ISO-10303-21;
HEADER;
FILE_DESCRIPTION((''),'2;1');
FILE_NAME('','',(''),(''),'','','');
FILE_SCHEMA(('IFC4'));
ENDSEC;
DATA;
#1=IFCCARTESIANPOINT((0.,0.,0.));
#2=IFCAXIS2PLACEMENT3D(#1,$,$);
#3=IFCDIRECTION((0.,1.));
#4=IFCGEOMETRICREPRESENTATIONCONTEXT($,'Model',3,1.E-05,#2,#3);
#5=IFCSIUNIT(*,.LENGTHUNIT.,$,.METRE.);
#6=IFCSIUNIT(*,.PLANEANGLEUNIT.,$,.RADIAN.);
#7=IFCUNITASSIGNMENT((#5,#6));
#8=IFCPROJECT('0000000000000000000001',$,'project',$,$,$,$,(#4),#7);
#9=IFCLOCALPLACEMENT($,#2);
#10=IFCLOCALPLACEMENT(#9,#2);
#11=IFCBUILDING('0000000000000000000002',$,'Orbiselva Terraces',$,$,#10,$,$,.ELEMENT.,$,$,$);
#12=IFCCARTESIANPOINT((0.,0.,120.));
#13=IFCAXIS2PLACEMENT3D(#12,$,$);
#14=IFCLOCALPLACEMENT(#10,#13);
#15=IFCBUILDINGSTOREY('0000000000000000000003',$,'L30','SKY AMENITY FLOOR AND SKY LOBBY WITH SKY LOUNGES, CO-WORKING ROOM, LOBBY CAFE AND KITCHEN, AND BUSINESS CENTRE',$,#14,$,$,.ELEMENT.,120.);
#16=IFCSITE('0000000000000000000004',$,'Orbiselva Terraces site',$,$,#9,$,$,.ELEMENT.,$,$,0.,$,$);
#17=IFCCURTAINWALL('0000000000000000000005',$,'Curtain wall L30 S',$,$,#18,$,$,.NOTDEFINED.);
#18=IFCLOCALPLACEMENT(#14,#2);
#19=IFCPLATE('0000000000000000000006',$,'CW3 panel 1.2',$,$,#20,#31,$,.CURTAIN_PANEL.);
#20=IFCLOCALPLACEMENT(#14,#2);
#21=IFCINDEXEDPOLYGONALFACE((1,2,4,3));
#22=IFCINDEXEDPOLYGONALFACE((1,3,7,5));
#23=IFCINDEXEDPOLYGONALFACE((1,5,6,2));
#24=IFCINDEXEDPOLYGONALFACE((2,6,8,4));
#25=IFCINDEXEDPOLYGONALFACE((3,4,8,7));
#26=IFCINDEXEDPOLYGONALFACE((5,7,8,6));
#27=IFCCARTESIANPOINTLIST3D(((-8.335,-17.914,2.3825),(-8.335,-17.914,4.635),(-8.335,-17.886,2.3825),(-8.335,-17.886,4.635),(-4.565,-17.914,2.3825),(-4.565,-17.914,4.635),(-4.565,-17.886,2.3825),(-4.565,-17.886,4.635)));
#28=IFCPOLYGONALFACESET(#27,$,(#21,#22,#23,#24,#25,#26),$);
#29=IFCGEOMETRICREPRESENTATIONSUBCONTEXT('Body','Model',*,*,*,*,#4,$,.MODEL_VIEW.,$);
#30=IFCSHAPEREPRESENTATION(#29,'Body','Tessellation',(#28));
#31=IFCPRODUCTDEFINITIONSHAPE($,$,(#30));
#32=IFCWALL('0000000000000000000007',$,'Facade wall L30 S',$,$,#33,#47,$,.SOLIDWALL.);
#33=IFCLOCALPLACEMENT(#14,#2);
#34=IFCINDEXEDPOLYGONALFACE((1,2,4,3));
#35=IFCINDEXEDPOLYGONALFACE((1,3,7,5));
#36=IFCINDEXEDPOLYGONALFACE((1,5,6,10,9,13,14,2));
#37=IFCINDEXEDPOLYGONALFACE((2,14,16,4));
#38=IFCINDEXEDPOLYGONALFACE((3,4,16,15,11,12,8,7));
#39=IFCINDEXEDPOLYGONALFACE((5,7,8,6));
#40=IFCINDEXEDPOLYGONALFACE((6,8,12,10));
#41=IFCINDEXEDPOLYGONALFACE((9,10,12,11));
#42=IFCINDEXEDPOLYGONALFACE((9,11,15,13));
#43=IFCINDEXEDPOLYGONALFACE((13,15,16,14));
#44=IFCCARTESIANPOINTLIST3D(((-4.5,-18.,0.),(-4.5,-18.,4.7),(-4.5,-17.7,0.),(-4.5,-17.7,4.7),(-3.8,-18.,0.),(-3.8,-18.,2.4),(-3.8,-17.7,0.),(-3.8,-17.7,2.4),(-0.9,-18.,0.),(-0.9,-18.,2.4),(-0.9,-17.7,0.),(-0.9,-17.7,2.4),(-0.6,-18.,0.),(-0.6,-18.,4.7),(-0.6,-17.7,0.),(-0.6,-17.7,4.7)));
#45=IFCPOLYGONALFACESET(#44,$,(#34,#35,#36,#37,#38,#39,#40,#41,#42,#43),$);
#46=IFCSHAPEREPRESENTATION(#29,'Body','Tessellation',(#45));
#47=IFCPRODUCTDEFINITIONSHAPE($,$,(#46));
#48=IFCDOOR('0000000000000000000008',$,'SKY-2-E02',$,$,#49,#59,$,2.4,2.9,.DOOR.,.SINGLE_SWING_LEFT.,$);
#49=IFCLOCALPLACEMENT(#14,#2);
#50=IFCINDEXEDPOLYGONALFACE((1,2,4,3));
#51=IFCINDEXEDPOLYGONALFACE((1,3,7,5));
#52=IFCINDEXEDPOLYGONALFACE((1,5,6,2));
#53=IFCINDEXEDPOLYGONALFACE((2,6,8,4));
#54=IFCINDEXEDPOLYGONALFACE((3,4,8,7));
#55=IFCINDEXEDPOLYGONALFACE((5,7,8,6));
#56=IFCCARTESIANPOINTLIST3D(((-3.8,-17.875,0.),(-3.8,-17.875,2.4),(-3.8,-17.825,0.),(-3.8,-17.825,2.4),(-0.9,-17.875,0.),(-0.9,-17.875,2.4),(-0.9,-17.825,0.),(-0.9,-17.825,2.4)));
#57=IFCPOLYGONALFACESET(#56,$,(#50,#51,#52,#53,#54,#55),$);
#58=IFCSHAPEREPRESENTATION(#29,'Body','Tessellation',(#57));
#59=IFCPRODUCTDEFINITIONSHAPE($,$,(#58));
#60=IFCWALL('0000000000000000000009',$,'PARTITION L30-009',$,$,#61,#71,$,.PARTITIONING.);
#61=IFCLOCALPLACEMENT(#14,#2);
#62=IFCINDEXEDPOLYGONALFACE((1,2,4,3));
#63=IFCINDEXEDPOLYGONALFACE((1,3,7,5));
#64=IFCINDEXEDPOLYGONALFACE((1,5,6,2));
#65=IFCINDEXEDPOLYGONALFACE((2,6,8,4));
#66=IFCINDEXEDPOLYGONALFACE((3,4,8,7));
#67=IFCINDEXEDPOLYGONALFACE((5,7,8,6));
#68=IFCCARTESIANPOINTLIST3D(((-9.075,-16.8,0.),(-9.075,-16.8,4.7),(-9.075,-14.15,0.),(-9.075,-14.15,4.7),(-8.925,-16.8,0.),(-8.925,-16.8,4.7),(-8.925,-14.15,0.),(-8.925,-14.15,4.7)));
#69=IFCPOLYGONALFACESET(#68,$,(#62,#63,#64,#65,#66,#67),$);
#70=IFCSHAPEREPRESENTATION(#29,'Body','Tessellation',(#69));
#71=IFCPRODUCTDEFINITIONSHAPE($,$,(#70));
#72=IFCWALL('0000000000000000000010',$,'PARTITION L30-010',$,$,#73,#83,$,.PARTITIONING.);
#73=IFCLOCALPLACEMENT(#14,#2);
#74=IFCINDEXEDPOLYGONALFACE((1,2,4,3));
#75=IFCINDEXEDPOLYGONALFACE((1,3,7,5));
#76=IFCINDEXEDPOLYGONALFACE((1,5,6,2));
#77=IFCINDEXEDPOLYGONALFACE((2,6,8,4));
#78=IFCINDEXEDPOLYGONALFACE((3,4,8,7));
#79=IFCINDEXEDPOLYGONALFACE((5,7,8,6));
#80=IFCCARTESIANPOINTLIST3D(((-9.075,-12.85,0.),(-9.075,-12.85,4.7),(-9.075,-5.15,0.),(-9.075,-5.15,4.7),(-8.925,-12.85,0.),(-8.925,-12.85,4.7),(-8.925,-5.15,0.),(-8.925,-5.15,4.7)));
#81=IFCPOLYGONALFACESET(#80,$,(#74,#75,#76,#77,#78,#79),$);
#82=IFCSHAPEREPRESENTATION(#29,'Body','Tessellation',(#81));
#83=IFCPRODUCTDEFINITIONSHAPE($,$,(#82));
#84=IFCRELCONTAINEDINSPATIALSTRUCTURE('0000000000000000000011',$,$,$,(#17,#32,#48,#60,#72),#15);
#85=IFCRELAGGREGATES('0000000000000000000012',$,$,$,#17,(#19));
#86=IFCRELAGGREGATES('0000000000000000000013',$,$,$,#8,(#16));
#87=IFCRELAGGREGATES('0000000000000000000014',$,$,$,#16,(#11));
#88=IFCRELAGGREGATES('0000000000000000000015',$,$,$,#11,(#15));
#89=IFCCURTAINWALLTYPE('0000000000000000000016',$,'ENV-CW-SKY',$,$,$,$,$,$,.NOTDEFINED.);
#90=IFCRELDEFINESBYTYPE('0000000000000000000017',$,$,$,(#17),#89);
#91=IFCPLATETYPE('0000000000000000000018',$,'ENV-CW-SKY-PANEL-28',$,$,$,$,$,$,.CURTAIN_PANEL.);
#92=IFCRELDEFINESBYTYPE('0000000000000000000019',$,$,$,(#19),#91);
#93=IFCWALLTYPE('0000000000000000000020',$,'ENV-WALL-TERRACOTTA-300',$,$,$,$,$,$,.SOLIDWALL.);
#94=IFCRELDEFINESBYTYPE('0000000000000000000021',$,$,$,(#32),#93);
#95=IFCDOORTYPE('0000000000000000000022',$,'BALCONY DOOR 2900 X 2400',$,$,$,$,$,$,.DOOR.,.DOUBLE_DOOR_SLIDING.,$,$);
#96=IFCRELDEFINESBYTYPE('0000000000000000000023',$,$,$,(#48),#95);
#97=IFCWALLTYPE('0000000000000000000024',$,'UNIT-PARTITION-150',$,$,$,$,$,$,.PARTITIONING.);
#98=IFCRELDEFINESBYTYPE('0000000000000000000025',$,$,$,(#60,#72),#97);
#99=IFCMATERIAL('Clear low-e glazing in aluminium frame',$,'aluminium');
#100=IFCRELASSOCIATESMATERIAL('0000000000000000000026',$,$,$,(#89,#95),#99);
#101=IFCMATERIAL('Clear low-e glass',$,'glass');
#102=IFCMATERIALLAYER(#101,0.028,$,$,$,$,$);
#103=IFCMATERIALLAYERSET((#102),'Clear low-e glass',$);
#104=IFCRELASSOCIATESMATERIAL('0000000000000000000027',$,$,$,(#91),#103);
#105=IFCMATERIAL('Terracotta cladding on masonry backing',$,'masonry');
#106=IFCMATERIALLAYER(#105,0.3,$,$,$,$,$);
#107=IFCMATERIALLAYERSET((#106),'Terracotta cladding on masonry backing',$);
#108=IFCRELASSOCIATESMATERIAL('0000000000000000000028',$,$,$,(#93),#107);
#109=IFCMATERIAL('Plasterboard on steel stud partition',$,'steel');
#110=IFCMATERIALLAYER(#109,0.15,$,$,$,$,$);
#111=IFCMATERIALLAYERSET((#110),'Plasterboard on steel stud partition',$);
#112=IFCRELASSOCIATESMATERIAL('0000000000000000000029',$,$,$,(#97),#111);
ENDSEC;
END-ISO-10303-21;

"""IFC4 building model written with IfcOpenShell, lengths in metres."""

from ifc_helpers import new_model, si_unit, direction, frame, frame_2d, origin, origin_2d, place, context, subcontext, project, spatial, rectangle, extrude, material, layer, layer_set, type_object, element, fill, aggregate, save


model = new_model("IFC4")

# Units and contexts
model_context = context("Model", 3, precision=1e-05, world=origin(), true_north=direction((0.0, 1.0)))
body_context = subcontext(model_context, "Body", "Model", "MODEL_VIEW")
ifc_project = project(units=[si_unit("LENGTHUNIT", "METRE"), si_unit("PLANEANGLEUNIT", "RADIAN")], contexts=[model_context])

# Site, building, storey
site_placement = place(None, origin())
site = spatial("IfcSite", under=ifc_project, at=site_placement, Name="Orbiselva Terraces site", CompositionType="ELEMENT", RefElevation=0.0)
building_placement = place(site_placement, origin())
building = spatial("IfcBuilding", under=site, at=building_placement, Name="Orbiselva Terraces", CompositionType="ELEMENT")
storey_placement = place(building_placement, frame((0.0, 0.0, 120.0)))
storey = spatial("IfcBuildingStorey", under=building, at=storey_placement, Name="L30", Description="SKY AMENITY FLOOR AND SKY LOBBY WITH SKY LOUNGES, CO-WORKING ROOM, LOBBY CAFE AND KITCHEN, AND BUSINESS CENTRE", CompositionType="ELEMENT", Elevation=120.0)

# Shared definitions
ifc_material_1 = material(Name="Clear low-e glazing in aluminium frame", Category="aluminium")
curtain_wall_type = type_object("IfcCurtainWallType", Name="ENV-CW-SKY", PredefinedType="NOTDEFINED", material=ifc_material_1)

# Curtain wall
curtain_wall_1_placement = place(storey_placement, origin())
curtain_wall_1 = element("IfcCurtainWall", 1, at=curtain_wall_1_placement, inside=storey, type_object=curtain_wall_type, Name="Curtain wall L30 S", PredefinedType="NOTDEFINED")

# Plate
ifc_material_2 = material(Name="Clear low-e glass", Category="glass")
ifc_layer_1 = layer(ifc_material_2, 0.028)
ifc_layer_set_1 = layer_set([ifc_layer_1], Name="Clear low-e glass")
plate_type = type_object("IfcPlateType", Name="ENV-CW-SKY-PANEL-28", PredefinedType="CURTAIN_PANEL", material=ifc_layer_set_1)
plate_1_placement = place(storey_placement, frame((-6.45, -17.9, 2.3825), z_axis=(0.0, 0.0, 1.0), x_axis=(1.0, 0.0, 0.0)))
plate_1 = element("IfcPlate", 2, at=plate_1_placement, type_object=plate_type, Name="CW3 panel 1.2", PredefinedType="CURTAIN_PANEL", context=body_context, shape_type="SweptSolid", body=[
    extrude(rectangle(XDim=3.77, YDim=0.028, at=origin_2d()), origin(), (0.0, 0.0, 1.0), 2.2525),
])
aggregate(curtain_wall_1, [plate_1])

# Wall, opening, door
ifc_material_3 = material(Name="Terracotta cladding on masonry backing", Category="masonry")
ifc_layer_2 = layer(ifc_material_3, 0.3)
ifc_layer_set_2 = layer_set([ifc_layer_2], Name="Terracotta cladding on masonry backing")
wall_type_1 = type_object("IfcWallType", Name="ENV-WALL-TERRACOTTA-300", PredefinedType="SOLIDWALL", material=ifc_layer_set_2)
wall_1_placement = place(storey_placement, frame((-0.6, -17.85, 0.0), z_axis=(0.0, 0.0, 1.0), x_axis=(-1.0, 0.0, 0.0)))
wall_1 = element("IfcWall", 3, at=wall_1_placement, inside=storey, type_object=wall_type_1, Name="Facade wall L30 S", PredefinedType="SOLIDWALL", context=body_context, shape_type="SweptSolid", body=[
    extrude(rectangle(XDim=3.9, YDim=0.3, at=frame_2d((1.95, 0.0))), origin(), (0.0, 0.0, 1.0), 4.7),
])
opening_placement = place(wall_1_placement, frame((0.3, 0.0, 0.0)))
opening = element("IfcOpeningElement", 4, at=opening_placement, cuts=wall_1, PredefinedType="OPENING", context=body_context, shape_type="SweptSolid", body=[
    extrude(rectangle(XDim=2.9, YDim=2.4, at=frame_2d((1.45, 1.2))), frame((0.0, 0.16, 0.0), z_axis=(0.0, -1.0, 0.0), x_axis=(1.0, 0.0, 0.0)), (0.0, 0.0, 1.0), 0.32),
])
door_type = type_object("IfcDoorType", Name="BALCONY DOOR 2900 X 2400", OperationType="DOUBLE_DOOR_SLIDING", PredefinedType="DOOR", material=ifc_material_1)
door_placement = place(opening_placement, origin())
door = element("IfcDoor", 5, at=door_placement, inside=storey, type_object=door_type, Name="SKY-2-E02", OperationType="SINGLE_SWING_LEFT", OverallHeight=2.4, OverallWidth=2.9, PredefinedType="DOOR", context=body_context, shape_type="SweptSolid", body=[
    extrude(rectangle(XDim=2.9, YDim=2.4, at=frame_2d((1.45, 1.2))), frame((0.0, 0.025, 0.0), z_axis=(0.0, -1.0, 0.0), x_axis=(1.0, 0.0, 0.0)), (0.0, 0.0, 1.0), 0.05),
])
fill(opening, door)

# Walls
ifc_material_4 = material(Name="Plasterboard on steel stud partition", Category="steel")
ifc_layer_3 = layer(ifc_material_4, 0.15)
ifc_layer_set_3 = layer_set([ifc_layer_3], Name="Plasterboard on steel stud partition")
wall_type_2 = type_object("IfcWallType", Name="UNIT-PARTITION-150", PredefinedType="PARTITIONING", material=ifc_layer_set_3)
wall_2_placement = place(storey_placement, frame((-9.0, -16.8, 0.0), z_axis=(0.0, 0.0, 1.0), x_axis=(0.0, 1.0, 0.0)))
element("IfcWall", 6, at=wall_2_placement, inside=storey, type_object=wall_type_2, Name="PARTITION L30-009", PredefinedType="PARTITIONING", context=body_context, shape_type="SweptSolid", body=[
    extrude(rectangle(XDim=2.65, YDim=0.15, at=frame_2d((1.325, 0.0))), origin(), (0.0, 0.0, 1.0), 4.7),
])
wall_3_placement = place(storey_placement, frame((-9.0, -12.85, 0.0), z_axis=(0.0, 0.0, 1.0), x_axis=(0.0, 1.0, 0.0)))
element("IfcWall", 7, at=wall_3_placement, inside=storey, type_object=wall_type_2, Name="PARTITION L30-010", PredefinedType="PARTITIONING", context=body_context, shape_type="SweptSolid", body=[
    extrude(rectangle(XDim=7.7, YDim=0.15, at=frame_2d((3.85, 0.0))), origin(), (0.0, 0.0, 1.0), 4.7),
])

save(model, "model.ifc")
